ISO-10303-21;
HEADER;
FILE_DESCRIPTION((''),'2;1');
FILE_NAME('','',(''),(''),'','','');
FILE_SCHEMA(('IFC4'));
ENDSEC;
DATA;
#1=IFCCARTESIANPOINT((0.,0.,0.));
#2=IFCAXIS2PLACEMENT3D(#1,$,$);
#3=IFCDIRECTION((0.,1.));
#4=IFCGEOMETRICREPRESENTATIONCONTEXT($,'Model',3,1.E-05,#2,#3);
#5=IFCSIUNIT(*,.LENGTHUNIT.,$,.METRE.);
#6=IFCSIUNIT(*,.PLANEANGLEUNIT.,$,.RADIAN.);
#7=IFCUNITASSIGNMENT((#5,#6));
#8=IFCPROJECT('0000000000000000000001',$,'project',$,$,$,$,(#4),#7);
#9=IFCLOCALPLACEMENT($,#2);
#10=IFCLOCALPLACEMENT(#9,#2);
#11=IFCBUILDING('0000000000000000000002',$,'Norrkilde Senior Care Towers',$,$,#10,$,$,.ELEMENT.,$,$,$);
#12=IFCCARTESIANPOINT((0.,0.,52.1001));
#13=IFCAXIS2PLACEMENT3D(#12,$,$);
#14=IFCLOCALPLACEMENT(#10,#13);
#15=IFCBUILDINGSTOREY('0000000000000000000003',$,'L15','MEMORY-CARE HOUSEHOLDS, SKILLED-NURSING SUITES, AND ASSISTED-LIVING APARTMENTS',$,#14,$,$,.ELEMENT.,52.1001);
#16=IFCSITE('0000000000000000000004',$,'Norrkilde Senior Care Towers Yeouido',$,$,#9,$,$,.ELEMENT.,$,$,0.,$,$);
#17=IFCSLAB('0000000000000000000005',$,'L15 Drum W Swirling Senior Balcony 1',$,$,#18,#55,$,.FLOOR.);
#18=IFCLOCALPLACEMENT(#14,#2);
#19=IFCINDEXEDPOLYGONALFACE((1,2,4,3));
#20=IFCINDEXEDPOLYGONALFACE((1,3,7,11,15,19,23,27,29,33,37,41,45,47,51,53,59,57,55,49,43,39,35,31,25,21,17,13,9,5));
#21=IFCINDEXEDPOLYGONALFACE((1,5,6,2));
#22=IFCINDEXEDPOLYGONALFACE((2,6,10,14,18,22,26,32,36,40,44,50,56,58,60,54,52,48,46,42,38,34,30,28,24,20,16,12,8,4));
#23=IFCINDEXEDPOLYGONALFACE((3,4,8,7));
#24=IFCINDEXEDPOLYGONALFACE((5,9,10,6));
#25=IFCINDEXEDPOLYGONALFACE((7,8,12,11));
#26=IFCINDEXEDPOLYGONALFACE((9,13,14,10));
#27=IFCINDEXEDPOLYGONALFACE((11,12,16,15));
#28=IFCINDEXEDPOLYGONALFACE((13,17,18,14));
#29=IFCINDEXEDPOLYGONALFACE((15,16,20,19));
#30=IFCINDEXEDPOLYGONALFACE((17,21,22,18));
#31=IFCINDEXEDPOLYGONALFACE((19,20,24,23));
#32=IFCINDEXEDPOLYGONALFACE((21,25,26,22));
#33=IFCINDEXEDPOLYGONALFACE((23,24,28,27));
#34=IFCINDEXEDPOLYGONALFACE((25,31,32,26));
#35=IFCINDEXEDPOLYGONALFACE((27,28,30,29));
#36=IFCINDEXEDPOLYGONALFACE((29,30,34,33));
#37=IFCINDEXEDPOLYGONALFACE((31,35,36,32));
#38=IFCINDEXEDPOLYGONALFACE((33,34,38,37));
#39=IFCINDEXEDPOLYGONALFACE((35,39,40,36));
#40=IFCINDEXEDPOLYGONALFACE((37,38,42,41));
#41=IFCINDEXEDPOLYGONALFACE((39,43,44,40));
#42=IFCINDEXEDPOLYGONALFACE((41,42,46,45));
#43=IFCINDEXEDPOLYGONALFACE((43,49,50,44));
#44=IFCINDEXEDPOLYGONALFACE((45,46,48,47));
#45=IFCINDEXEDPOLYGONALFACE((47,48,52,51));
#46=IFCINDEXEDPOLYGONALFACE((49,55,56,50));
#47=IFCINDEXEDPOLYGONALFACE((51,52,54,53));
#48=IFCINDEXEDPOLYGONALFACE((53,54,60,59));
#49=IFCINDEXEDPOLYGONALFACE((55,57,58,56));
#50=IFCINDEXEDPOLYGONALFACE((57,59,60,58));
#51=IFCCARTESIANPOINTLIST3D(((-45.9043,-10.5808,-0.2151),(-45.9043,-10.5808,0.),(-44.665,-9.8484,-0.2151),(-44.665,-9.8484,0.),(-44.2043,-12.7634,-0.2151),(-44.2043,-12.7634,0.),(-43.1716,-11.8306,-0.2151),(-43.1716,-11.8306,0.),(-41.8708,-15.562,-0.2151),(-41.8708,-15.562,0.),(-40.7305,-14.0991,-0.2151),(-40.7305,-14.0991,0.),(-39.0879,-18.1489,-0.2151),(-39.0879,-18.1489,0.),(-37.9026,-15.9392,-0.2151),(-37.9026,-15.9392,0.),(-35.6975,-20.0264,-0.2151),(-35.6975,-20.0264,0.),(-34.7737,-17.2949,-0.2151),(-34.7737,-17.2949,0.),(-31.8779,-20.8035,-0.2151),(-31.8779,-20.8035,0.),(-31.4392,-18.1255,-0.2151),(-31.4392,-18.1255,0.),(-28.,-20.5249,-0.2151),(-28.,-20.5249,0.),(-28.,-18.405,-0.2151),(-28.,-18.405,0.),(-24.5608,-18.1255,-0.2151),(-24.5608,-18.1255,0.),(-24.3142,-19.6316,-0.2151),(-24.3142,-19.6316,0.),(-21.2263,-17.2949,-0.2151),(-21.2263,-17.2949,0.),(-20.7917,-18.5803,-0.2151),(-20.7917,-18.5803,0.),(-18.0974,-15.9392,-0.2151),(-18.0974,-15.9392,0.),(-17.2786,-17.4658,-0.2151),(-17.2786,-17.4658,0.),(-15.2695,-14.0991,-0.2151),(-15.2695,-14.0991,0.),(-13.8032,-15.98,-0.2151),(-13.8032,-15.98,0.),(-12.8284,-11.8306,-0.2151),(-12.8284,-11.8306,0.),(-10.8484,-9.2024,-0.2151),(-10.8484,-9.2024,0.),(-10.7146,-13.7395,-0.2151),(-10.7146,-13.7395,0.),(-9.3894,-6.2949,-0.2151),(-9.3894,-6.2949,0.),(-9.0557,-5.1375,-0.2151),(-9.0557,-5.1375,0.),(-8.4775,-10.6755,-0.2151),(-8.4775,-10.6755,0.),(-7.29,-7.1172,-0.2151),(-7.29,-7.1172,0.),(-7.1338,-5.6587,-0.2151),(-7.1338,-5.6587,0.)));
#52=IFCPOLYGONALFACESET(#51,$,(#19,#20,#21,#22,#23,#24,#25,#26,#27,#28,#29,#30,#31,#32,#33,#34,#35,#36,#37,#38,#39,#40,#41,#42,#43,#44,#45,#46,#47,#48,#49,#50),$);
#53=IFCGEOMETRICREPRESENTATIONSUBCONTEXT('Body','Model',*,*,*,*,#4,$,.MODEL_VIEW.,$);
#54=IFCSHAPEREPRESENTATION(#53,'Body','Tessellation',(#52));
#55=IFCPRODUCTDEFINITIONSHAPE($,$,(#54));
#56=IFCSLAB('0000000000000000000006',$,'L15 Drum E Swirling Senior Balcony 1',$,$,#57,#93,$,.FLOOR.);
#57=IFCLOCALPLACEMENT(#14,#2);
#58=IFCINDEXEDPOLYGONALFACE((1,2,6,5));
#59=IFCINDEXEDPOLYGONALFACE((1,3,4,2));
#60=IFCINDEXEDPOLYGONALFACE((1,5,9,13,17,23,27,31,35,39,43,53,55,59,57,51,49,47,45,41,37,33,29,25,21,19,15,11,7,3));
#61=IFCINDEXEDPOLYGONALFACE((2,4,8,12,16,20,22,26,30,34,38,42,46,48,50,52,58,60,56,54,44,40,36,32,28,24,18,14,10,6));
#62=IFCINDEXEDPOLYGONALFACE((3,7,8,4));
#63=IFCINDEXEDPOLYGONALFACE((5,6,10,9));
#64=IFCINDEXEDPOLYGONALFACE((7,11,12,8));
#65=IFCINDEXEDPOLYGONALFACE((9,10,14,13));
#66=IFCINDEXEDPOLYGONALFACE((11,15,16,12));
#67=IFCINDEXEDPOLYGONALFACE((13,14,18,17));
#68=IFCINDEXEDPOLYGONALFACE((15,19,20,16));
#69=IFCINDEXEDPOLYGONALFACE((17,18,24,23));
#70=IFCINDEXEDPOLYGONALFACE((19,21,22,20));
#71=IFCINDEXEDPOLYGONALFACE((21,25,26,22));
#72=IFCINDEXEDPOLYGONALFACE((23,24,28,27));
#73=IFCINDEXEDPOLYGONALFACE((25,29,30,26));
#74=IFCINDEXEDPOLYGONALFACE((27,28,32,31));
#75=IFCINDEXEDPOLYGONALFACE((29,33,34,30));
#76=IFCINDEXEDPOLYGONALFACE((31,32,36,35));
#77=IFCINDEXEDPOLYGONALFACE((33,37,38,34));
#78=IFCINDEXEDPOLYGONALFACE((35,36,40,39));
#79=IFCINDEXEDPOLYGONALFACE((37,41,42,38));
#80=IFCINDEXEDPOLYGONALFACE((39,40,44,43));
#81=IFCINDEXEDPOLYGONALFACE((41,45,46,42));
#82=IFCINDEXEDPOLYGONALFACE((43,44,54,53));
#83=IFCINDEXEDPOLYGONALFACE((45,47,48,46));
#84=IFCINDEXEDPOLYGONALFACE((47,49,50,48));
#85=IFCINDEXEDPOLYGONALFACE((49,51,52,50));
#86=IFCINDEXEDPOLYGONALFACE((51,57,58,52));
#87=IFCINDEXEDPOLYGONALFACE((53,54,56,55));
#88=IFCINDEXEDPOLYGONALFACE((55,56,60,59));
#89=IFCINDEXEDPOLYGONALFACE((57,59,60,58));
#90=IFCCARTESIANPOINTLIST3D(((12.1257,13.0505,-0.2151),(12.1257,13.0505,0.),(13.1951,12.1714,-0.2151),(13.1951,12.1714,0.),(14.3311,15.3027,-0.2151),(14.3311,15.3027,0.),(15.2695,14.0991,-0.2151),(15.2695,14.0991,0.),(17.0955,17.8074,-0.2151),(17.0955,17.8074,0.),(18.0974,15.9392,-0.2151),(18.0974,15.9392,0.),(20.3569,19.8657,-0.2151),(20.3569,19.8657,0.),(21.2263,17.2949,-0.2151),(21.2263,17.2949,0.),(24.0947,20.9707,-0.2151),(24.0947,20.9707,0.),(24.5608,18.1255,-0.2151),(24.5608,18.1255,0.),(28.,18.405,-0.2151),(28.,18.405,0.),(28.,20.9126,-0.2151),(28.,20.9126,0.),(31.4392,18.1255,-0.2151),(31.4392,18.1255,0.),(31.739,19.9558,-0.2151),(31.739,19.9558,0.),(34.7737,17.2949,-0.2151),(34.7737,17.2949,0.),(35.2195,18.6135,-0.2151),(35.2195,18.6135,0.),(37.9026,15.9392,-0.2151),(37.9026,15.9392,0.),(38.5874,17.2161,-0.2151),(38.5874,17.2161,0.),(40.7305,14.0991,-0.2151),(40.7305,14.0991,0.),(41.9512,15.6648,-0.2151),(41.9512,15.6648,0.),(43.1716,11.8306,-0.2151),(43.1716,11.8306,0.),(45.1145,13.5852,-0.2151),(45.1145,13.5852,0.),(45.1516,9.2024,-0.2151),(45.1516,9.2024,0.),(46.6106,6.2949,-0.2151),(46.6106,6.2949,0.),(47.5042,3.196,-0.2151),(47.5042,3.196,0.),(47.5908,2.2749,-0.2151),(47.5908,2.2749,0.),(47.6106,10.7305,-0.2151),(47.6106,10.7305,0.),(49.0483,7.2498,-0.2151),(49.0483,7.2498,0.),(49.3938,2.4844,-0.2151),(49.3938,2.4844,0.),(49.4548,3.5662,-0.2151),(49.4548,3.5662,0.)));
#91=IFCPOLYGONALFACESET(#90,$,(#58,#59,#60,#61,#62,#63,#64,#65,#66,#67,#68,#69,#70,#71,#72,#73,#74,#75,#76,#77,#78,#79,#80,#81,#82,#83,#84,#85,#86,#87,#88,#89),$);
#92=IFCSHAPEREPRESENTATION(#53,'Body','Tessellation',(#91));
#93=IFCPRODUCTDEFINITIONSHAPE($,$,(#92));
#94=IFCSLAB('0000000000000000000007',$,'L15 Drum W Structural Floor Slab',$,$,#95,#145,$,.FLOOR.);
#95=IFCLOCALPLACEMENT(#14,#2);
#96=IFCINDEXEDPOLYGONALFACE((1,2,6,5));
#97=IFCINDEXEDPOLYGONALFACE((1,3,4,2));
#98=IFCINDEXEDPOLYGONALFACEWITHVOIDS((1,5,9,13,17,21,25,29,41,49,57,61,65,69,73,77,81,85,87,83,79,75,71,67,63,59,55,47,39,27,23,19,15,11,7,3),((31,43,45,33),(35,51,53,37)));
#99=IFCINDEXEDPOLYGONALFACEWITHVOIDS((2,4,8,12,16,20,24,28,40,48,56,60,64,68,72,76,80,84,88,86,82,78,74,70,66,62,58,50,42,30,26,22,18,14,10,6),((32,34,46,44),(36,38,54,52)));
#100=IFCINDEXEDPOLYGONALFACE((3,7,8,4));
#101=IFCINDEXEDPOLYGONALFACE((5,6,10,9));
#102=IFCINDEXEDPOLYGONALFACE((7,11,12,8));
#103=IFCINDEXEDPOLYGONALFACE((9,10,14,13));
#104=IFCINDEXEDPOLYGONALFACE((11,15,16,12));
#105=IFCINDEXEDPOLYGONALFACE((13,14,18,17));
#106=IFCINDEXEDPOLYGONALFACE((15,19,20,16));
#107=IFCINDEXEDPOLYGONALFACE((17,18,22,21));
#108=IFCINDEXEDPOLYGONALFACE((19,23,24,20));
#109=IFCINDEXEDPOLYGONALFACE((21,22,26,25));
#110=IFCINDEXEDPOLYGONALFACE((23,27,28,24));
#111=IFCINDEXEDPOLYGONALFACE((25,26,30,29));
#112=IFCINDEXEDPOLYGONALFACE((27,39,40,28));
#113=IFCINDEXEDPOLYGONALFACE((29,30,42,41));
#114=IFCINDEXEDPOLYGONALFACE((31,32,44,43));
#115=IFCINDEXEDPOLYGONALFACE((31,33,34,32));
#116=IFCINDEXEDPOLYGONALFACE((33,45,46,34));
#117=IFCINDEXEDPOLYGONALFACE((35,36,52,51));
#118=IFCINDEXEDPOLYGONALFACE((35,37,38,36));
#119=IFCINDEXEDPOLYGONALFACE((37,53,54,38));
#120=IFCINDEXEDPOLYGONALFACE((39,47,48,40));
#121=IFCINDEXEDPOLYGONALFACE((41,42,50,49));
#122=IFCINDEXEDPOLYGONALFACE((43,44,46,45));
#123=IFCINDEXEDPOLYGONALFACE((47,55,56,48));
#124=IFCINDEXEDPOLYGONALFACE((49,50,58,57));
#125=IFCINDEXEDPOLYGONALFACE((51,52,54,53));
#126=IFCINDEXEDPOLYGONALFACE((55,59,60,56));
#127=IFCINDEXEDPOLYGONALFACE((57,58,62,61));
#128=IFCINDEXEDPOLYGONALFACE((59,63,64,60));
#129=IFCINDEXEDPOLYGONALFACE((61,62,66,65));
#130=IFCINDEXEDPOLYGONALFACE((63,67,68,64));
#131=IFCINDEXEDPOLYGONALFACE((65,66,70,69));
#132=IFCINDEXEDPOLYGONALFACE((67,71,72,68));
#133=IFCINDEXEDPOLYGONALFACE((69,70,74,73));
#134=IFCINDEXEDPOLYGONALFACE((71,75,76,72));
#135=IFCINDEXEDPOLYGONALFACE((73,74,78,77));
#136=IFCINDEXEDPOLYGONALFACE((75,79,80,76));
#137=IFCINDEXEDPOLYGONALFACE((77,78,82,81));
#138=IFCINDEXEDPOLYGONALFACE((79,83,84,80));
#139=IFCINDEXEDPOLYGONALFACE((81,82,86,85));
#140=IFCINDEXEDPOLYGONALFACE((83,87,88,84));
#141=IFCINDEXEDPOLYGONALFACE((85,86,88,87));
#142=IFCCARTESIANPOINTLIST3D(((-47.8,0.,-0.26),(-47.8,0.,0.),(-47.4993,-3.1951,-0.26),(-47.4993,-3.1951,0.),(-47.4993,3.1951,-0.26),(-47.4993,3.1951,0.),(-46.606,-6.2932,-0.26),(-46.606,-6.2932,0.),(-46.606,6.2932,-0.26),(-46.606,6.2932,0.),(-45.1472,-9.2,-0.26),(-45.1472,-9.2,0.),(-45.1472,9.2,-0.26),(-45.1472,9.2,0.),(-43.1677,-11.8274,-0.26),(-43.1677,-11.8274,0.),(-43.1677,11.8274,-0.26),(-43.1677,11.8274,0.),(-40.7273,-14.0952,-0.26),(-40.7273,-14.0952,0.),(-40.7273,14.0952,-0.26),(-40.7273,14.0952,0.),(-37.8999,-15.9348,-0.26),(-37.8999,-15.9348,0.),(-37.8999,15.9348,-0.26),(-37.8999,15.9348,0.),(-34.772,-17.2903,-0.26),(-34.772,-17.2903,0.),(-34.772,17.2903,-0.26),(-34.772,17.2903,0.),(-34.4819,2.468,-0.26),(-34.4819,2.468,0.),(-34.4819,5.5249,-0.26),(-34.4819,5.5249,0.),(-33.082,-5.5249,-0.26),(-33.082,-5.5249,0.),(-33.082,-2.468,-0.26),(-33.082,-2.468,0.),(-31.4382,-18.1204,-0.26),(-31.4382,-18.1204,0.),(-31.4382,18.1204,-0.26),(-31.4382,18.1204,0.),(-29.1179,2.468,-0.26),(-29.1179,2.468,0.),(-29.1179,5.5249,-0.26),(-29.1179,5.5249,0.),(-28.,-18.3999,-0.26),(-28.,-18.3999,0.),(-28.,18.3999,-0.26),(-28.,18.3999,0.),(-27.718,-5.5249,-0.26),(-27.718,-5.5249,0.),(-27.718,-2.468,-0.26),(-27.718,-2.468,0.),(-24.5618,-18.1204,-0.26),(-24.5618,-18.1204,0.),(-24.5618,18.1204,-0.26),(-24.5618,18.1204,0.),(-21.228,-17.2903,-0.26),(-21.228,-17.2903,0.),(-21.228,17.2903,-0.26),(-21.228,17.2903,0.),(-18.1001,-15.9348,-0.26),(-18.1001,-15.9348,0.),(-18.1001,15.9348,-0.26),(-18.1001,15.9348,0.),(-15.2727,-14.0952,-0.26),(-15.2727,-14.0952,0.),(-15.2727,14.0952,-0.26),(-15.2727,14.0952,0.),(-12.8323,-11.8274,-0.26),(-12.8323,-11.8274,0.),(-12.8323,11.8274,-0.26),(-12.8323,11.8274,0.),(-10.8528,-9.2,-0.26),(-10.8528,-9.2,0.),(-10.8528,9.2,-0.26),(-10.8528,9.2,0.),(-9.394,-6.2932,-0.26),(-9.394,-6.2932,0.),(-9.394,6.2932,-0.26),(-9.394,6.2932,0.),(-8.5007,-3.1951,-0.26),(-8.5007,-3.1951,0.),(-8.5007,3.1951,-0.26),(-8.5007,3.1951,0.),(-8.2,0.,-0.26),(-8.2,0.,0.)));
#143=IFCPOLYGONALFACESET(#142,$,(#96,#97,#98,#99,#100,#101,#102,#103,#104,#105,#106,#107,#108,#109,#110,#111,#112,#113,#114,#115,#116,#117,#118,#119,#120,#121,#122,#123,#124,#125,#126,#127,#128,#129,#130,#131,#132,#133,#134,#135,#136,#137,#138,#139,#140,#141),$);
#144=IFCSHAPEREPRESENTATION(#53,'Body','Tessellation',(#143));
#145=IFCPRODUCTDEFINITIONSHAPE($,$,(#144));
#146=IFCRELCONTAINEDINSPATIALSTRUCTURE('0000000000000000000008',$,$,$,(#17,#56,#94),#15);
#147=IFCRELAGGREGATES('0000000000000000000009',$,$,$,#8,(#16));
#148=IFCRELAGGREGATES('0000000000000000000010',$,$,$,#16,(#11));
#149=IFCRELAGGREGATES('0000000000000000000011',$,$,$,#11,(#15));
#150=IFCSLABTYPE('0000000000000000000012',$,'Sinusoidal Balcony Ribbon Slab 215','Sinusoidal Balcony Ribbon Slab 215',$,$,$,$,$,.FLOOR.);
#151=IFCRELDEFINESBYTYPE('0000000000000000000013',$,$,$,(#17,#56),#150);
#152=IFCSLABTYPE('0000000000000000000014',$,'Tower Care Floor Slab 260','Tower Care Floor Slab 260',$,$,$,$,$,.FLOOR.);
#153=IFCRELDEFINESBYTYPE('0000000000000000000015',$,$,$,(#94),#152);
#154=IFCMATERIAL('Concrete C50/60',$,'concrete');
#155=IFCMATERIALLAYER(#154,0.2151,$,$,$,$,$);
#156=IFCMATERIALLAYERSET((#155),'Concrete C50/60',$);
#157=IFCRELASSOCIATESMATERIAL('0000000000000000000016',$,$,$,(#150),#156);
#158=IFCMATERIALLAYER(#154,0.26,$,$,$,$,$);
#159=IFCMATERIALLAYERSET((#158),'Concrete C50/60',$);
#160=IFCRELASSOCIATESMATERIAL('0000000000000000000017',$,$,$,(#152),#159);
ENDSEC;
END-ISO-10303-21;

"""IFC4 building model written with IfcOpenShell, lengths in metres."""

from ifc_helpers import new_model, si_unit, direction, frame, origin, place, context, subcontext, project, spatial, polyline, outline, extrude, material, layer, layer_set, type_object, element, save


model = new_model("IFC4")

# Units and contexts
model_context = context("Model", 3, precision=1e-05, world=origin(), true_north=direction((0.0, 1.0)))
body_context = subcontext(model_context, "Body", "Model", "MODEL_VIEW")
ifc_project = project(units=[si_unit("LENGTHUNIT", "METRE"), si_unit("PLANEANGLEUNIT", "RADIAN")], contexts=[model_context])

# Site, building, storey
site_placement = place(None, origin())
site = spatial("IfcSite", under=ifc_project, at=site_placement, Name="Norrkilde Senior Care Towers Yeouido", CompositionType="ELEMENT", RefElevation=0.0)
building_placement = place(site_placement, origin())
building = spatial("IfcBuilding", under=site, at=building_placement, Name="Norrkilde Senior Care Towers", CompositionType="ELEMENT")
storey_placement = place(building_placement, frame((0.0, 0.0, 52.1001)))
storey = spatial("IfcBuildingStorey", under=building, at=storey_placement, Name="L15", Description="MEMORY-CARE HOUSEHOLDS, SKILLED-NURSING SUITES, AND ASSISTED-LIVING APARTMENTS", CompositionType="ELEMENT", Elevation=52.1001)

# Slabs
ifc_material_1 = material(Name="Concrete C50/60", Category="concrete")
ifc_layer_1 = layer(ifc_material_1, 0.2151)
ifc_layer_set_1 = layer_set([ifc_layer_1], Name="Concrete C50/60")
slab_type_1 = type_object("IfcSlabType", Name="Sinusoidal Balcony Ribbon Slab 215", Description="Sinusoidal Balcony Ribbon Slab 215", PredefinedType="FLOOR", material=ifc_layer_set_1)
slab_1_placement = place(storey_placement, frame((0.0, 0.0, -0.2151)))
element("IfcSlab", 1, at=slab_1_placement, inside=storey, type_object=slab_type_1, Name="L15 Drum W Swirling Senior Balcony 1", PredefinedType="FLOOR", context=body_context, shape_type="SweptSolid", body=[
    extrude(outline(polyline([(-8.4775, -10.6755), (-10.7146, -13.7395), (-13.8032, -15.98), (-17.2786, -17.4658), (-20.7917, -18.5803), (-24.3142, -19.6316), (-28.0, -20.5249), (-31.8779, -20.8035), (-35.6975, -20.0264), (-39.0879, -18.1489), (-41.8708, -15.562), (-44.2043, -12.7634), (-45.9043, -10.5808), (-44.665, -9.8484), (-43.1716, -11.8306), (-40.7305, -14.0991), (-37.9026, -15.9392), (-34.7737, -17.2949), (-31.4392, -18.1255), (-28.0, -18.405), (-24.5608, -18.1255), (-21.2263, -17.2949), (-18.0974, -15.9392), (-15.2695, -14.0991), (-12.8284, -11.8306), (-10.8484, -9.2024), (-9.3894, -6.2949), (-9.0557, -5.1375), (-7.1338, -5.6587), (-7.29, -7.1172), (-8.4775, -10.6755)])), origin(), (0.0, 0.0, 1.0), 0.2151),
])
slab_2_placement = place(storey_placement, frame((0.0, 0.0, -0.2151)))
element("IfcSlab", 2, at=slab_2_placement, inside=storey, type_object=slab_type_1, Name="L15 Drum E Swirling Senior Balcony 1", PredefinedType="FLOOR", context=body_context, shape_type="SweptSolid", body=[
    extrude(outline(polyline([(17.0955, 17.8074), (20.3569, 19.8657), (24.0947, 20.9707), (28.0, 20.9126), (31.739, 19.9558), (35.2195, 18.6135), (38.5874, 17.2161), (41.9512, 15.6648), (45.1145, 13.5852), (47.6106, 10.7305), (49.0483, 7.2498), (49.4548, 3.5662), (49.3938, 2.4844), (47.5908, 2.2749), (47.5042, 3.196), (46.6106, 6.2949), (45.1516, 9.2024), (43.1716, 11.8306), (40.7305, 14.0991), (37.9026, 15.9392), (34.7737, 17.2949), (31.4392, 18.1255), (28.0, 18.405), (24.5608, 18.1255), (21.2263, 17.2949), (18.0974, 15.9392), (15.2695, 14.0991), (13.1951, 12.1714), (12.1257, 13.0505), (14.3311, 15.3027), (17.0955, 17.8074)])), origin(), (0.0, 0.0, 1.0), 0.2151),
])
ifc_layer_2 = layer(ifc_material_1, 0.26)
ifc_layer_set_2 = layer_set([ifc_layer_2], Name="Concrete C50/60")
slab_type_2 = type_object("IfcSlabType", Name="Tower Care Floor Slab 260", Description="Tower Care Floor Slab 260", PredefinedType="FLOOR", material=ifc_layer_set_2)
slab_3_placement = place(storey_placement, frame((0.0, 0.0, -0.26)))
element("IfcSlab", 3, at=slab_3_placement, inside=storey, type_object=slab_type_2, Name="L15 Drum W Structural Floor Slab", PredefinedType="FLOOR", context=body_context, shape_type="SweptSolid", body=[
    extrude(outline(polyline([(-9.394, -6.2932), (-10.8528, -9.2), (-12.8323, -11.8274), (-15.2727, -14.0952), (-18.1001, -15.9348), (-21.228, -17.2903), (-24.5618, -18.1204), (-28.0, -18.3999), (-31.4382, -18.1204), (-34.772, -17.2903), (-37.8999, -15.9348), (-40.7273, -14.0952), (-43.1677, -11.8274), (-45.1472, -9.2), (-46.606, -6.2932), (-47.4993, -3.1951), (-47.8, 0.0), (-47.4993, 3.1951), (-46.606, 6.2932), (-45.1472, 9.2), (-43.1677, 11.8274), (-40.7273, 14.0952), (-37.8999, 15.9348), (-34.772, 17.2903), (-31.4382, 18.1204), (-28.0, 18.3999), (-24.5618, 18.1204), (-21.228, 17.2903), (-18.1001, 15.9348), (-15.2727, 14.0952), (-12.8323, 11.8274), (-10.8528, 9.2), (-9.394, 6.2932), (-8.5007, 3.1951), (-8.2, 0.0), (-8.5007, -3.1951), (-9.394, -6.2932)]), holes=[polyline([(-34.4819, 2.468), (-29.1179, 2.468), (-29.1179, 5.5249), (-34.4819, 5.5249), (-34.4819, 2.468)]), polyline([(-27.718, -5.5249), (-27.718, -2.468), (-33.082, -2.468), (-33.082, -5.5249), (-27.718, -5.5249)])]), origin(), (0.0, 0.0, 1.0), 0.26),
])

save(model, "model.ifc")
